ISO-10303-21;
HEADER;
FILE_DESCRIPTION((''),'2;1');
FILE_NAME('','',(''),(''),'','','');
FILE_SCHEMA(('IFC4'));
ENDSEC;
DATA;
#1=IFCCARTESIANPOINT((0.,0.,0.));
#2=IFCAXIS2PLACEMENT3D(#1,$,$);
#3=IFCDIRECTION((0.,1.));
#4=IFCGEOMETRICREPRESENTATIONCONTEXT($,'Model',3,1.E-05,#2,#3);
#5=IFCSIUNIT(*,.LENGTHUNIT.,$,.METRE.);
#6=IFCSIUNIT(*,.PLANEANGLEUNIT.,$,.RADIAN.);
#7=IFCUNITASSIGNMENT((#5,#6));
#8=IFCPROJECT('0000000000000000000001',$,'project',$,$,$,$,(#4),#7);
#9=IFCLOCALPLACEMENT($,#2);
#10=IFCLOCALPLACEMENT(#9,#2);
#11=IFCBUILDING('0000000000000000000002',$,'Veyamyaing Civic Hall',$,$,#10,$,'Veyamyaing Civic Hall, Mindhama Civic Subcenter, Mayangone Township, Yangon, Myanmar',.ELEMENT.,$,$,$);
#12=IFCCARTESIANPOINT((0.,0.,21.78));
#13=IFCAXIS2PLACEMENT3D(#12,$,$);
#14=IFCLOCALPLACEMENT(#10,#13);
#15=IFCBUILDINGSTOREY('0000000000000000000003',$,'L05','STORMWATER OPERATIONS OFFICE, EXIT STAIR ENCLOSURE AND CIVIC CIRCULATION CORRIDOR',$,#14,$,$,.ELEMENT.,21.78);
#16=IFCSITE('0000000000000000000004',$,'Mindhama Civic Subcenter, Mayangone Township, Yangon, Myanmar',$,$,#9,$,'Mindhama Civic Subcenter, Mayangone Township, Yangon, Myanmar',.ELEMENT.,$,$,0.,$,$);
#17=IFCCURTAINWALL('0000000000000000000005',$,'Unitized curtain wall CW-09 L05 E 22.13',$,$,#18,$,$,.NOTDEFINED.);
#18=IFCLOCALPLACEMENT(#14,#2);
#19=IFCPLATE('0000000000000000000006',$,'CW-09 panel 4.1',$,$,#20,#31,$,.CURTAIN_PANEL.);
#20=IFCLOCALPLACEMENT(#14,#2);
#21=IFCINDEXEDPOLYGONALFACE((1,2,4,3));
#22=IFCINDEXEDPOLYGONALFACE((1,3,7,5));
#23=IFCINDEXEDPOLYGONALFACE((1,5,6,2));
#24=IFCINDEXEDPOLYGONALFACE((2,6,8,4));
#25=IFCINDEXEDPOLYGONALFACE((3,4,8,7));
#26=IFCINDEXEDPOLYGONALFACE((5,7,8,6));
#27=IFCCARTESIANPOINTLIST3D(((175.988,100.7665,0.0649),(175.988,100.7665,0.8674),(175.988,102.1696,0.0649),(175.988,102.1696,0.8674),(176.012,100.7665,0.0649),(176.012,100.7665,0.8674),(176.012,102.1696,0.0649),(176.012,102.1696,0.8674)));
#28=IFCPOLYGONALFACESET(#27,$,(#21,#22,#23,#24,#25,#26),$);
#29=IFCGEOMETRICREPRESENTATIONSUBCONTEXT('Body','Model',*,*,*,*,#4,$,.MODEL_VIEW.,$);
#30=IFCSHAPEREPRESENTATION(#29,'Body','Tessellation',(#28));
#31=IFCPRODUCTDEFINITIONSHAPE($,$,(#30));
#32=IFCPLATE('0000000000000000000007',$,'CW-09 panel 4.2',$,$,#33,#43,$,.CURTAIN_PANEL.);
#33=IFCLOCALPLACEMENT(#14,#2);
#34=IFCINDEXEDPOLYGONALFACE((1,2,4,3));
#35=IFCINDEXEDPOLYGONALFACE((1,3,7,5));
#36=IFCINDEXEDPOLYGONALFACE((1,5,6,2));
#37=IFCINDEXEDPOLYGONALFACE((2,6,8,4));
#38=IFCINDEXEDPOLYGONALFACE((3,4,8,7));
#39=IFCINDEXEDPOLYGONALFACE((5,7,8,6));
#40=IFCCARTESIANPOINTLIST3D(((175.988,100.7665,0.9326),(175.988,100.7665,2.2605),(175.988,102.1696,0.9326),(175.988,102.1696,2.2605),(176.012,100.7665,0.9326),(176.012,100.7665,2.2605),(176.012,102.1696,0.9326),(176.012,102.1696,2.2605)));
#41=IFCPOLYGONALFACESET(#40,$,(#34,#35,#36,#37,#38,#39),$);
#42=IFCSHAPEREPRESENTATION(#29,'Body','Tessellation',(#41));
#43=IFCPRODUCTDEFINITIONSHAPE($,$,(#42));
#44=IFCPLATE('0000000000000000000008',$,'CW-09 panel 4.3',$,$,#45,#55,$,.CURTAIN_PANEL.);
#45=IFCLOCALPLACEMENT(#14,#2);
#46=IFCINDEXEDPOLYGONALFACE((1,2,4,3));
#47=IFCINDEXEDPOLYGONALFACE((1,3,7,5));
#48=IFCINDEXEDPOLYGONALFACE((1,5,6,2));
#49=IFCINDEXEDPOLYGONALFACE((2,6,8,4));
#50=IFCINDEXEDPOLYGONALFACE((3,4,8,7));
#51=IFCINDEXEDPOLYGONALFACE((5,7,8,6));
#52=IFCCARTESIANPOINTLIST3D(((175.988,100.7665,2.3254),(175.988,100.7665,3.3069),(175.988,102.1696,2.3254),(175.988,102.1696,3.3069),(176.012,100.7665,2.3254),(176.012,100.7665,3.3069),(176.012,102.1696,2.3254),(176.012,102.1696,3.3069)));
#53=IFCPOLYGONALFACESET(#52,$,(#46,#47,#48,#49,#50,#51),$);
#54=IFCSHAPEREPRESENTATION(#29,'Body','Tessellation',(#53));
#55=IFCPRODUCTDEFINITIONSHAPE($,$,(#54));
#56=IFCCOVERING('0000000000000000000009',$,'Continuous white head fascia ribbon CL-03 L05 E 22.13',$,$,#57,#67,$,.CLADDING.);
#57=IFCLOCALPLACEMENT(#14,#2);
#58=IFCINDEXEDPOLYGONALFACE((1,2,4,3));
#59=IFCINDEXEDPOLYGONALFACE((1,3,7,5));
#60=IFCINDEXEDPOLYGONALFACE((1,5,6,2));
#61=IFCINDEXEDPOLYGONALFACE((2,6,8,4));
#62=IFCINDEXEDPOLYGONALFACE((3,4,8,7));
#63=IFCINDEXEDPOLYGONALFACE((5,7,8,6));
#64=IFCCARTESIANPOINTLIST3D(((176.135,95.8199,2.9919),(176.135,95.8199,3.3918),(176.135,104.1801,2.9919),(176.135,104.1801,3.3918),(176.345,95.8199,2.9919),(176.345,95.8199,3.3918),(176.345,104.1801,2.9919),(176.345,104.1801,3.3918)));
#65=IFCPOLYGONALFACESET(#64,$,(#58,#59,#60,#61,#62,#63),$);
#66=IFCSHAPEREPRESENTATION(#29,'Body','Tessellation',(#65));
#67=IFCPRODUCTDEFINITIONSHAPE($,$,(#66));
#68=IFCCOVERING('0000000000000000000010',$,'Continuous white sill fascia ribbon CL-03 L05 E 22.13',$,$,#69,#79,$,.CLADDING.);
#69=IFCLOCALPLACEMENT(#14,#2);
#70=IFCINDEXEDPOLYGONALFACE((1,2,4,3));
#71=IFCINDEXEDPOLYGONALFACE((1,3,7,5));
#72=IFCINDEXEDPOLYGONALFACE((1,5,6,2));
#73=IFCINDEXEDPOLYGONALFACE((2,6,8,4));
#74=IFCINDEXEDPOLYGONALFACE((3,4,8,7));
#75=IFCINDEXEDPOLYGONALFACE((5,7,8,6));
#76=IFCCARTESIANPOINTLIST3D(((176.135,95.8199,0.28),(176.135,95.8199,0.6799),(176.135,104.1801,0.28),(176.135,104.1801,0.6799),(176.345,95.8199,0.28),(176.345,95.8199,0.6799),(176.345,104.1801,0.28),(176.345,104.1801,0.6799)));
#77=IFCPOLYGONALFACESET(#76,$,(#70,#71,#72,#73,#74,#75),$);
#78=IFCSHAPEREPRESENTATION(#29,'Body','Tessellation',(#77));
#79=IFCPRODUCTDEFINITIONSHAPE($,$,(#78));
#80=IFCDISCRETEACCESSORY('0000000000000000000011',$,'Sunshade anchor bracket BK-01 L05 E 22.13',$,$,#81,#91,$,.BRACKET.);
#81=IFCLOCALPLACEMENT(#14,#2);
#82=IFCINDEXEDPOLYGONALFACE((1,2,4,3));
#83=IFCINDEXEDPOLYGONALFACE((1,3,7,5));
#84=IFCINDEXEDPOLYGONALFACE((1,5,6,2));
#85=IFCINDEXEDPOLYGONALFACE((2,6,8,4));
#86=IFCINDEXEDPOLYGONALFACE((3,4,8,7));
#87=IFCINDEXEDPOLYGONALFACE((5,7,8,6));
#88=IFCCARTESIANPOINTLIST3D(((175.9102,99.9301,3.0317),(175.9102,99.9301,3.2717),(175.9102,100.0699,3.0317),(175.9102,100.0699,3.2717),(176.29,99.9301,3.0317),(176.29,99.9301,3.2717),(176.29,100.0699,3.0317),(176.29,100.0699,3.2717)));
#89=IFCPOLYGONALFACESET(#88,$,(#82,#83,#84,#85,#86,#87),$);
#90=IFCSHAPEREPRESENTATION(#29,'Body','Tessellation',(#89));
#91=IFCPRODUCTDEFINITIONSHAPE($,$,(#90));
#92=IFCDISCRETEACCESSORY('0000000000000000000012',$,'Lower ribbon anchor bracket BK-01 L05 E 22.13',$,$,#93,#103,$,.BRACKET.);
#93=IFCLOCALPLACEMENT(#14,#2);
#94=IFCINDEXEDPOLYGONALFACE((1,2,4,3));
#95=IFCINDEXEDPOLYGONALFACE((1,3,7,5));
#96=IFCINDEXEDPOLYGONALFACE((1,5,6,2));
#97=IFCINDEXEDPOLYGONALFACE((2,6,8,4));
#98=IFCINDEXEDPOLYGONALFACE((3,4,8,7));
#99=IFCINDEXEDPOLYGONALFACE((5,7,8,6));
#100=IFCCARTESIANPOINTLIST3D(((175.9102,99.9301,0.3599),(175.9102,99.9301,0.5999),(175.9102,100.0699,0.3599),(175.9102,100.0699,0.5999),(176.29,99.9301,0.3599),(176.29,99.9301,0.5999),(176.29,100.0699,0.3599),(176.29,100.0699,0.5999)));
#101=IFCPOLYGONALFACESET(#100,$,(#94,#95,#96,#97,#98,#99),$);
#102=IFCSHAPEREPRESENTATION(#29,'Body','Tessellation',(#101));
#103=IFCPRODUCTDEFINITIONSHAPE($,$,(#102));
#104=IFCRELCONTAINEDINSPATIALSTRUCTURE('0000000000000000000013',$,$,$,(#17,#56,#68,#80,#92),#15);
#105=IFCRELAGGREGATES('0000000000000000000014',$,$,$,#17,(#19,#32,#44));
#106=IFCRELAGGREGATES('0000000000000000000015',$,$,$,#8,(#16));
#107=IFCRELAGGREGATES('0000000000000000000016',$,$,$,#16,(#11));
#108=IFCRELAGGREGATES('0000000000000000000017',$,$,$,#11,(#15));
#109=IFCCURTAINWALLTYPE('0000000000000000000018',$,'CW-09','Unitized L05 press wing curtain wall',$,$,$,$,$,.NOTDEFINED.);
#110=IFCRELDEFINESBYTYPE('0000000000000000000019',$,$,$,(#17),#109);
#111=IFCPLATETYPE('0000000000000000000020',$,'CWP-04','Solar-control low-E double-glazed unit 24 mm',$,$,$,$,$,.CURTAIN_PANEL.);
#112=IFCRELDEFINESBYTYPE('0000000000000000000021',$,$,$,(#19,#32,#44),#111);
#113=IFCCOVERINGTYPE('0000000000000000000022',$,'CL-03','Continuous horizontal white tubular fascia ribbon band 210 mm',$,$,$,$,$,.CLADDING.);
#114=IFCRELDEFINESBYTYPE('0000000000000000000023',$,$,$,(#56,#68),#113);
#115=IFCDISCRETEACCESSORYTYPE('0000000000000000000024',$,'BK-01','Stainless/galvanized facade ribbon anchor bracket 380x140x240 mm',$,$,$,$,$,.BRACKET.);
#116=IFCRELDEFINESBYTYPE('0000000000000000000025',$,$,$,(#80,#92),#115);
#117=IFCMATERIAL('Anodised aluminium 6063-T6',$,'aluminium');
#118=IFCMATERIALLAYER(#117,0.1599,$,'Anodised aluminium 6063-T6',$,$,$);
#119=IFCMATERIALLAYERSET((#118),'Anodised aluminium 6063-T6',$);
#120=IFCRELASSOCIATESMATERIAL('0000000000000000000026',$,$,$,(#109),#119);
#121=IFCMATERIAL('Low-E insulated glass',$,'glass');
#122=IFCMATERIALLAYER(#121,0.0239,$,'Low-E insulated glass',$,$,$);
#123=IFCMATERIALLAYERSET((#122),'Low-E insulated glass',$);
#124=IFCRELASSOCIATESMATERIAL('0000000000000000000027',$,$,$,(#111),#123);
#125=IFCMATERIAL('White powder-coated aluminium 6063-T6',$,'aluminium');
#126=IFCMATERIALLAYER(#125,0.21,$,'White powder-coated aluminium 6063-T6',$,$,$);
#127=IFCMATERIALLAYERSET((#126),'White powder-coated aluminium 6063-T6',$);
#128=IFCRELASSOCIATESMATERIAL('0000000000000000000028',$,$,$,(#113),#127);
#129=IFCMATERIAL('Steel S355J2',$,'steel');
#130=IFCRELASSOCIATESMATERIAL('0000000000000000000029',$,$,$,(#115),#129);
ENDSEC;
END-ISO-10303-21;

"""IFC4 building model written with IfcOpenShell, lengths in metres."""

from ifc_helpers import new_model, si_unit, direction, frame, origin, origin_2d, place, context, subcontext, project, spatial, rectangle, extrude, material, layer, layer_set, type_object, element, aggregate, save


model = new_model("IFC4")

# Units and contexts
model_context = context("Model", 3, precision=1e-05, world=origin(), true_north=direction((0.0, 1.0)))
body_context = subcontext(model_context, "Body", "Model", "MODEL_VIEW")
ifc_project = project(units=[si_unit("LENGTHUNIT", "METRE"), si_unit("PLANEANGLEUNIT", "RADIAN")], contexts=[model_context])

# Site, building, storey
site_placement = place(None, origin())
site = spatial("IfcSite", under=ifc_project, at=site_placement, Name="Mindhama Civic Subcenter, Mayangone Township, Yangon, Myanmar", LongName="Mindhama Civic Subcenter, Mayangone Township, Yangon, Myanmar", CompositionType="ELEMENT", RefElevation=0.0)
building_placement = place(site_placement, origin())
building = spatial("IfcBuilding", under=site, at=building_placement, Name="Veyamyaing Civic Hall", LongName="Veyamyaing Civic Hall, Mindhama Civic Subcenter, Mayangone Township, Yangon, Myanmar", CompositionType="ELEMENT")
storey_placement = place(building_placement, frame((0.0, 0.0, 21.78)))
storey = spatial("IfcBuildingStorey", under=building, at=storey_placement, Name="L05", Description="STORMWATER OPERATIONS OFFICE, EXIT STAIR ENCLOSURE AND CIVIC CIRCULATION CORRIDOR", CompositionType="ELEMENT", Elevation=21.78)

# Curtain wall, plates
ifc_material_1 = material(Name="Anodised aluminium 6063-T6", Category="aluminium")
ifc_layer_1 = layer(ifc_material_1, 0.1599, Name="Anodised aluminium 6063-T6")
ifc_layer_set_1 = layer_set([ifc_layer_1], Name="Anodised aluminium 6063-T6")
curtain_wall_type = type_object("IfcCurtainWallType", Name="CW-09", Description="Unitized L05 press wing curtain wall", PredefinedType="NOTDEFINED", material=ifc_layer_set_1)
curtain_wall_placement = place(storey_placement, origin())
curtain_wall = element("IfcCurtainWall", 1, at=curtain_wall_placement, inside=storey, type_object=curtain_wall_type, Name="Unitized curtain wall CW-09 L05 E 22.13", PredefinedType="NOTDEFINED")
ifc_material_2 = material(Name="Low-E insulated glass", Category="glass")
ifc_layer_2 = layer(ifc_material_2, 0.0239, Name="Low-E insulated glass")
ifc_layer_set_2 = layer_set([ifc_layer_2], Name="Low-E insulated glass")
plate_type = type_object("IfcPlateType", Name="CWP-04", Description="Solar-control low-E double-glazed unit 24 mm", PredefinedType="CURTAIN_PANEL", material=ifc_layer_set_2)
plate_1_placement = place(storey_placement, frame((176.0, 101.468, 0.0649), z_axis=(0.0, 0.0, 1.0), x_axis=(0.0, 1.0, 0.0)))
plate_1 = element("IfcPlate", 2, at=plate_1_placement, type_object=plate_type, Name="CW-09 panel 4.1", PredefinedType="CURTAIN_PANEL", context=body_context, shape_type="SweptSolid", body=[
    extrude(rectangle(XDim=1.4031, YDim=0.0239, at=origin_2d()), origin(), (0.0, 0.0, 1.0), 0.8025),
])
plate_2_placement = place(storey_placement, frame((176.0, 101.468, 0.9326), z_axis=(0.0, 0.0, 1.0), x_axis=(0.0, 1.0, 0.0)))
plate_2 = element("IfcPlate", 3, at=plate_2_placement, type_object=plate_type, Name="CW-09 panel 4.2", PredefinedType="CURTAIN_PANEL", context=body_context, shape_type="SweptSolid", body=[
    extrude(rectangle(XDim=1.4031, YDim=0.0239, at=origin_2d()), origin(), (0.0, 0.0, 1.0), 1.3279),
])
plate_3_placement = place(storey_placement, frame((176.0, 101.468, 2.3254), z_axis=(0.0, 0.0, 1.0), x_axis=(0.0, 1.0, 0.0)))
plate_3 = element("IfcPlate", 4, at=plate_3_placement, type_object=plate_type, Name="CW-09 panel 4.3", PredefinedType="CURTAIN_PANEL", context=body_context, shape_type="SweptSolid", body=[
    extrude(rectangle(XDim=1.4031, YDim=0.0239, at=origin_2d()), origin(), (0.0, 0.0, 1.0), 0.9814),
])
aggregate(curtain_wall, [plate_1, plate_2, plate_3])

# Coverings
ifc_material_3 = material(Name="White powder-coated aluminium 6063-T6", Category="aluminium")
ifc_layer_3 = layer(ifc_material_3, 0.21, Name="White powder-coated aluminium 6063-T6")
ifc_layer_set_3 = layer_set([ifc_layer_3], Name="White powder-coated aluminium 6063-T6")
covering_type = type_object("IfcCoveringType", Name="CL-03", Description="Continuous horizontal white tubular fascia ribbon band 210 mm", PredefinedType="CLADDING", material=ifc_layer_set_3)
for number, where, z_axis, x_axis, name in (
    (5, (176.24, 100.0, 2.9919), (0.0, 0.0, 1.0), (0.0, 1.0, 0.0), "Continuous white head fascia ribbon CL-03 L05 E 22.13"),
    (6, (176.24, 100.0, 0.28), (0.0, 0.0, 1.0), (0.0, 1.0, 0.0), "Continuous white sill fascia ribbon CL-03 L05 E 22.13"),
):
    element("IfcCovering", number, at=place(storey_placement, frame(where, z_axis=z_axis, x_axis=x_axis)), inside=storey, type_object=covering_type, Name=name, PredefinedType="CLADDING", context=body_context, shape_type="SweptSolid", body=[
        extrude(rectangle(XDim=8.3601, YDim=0.21, at=origin_2d()), origin(), (0.0, 0.0, 1.0), 0.3999),
    ])

# Discrete accessories
ifc_material_4 = material(Name="Steel S355J2", Category="steel")
discrete_accessory_type = type_object("IfcDiscreteAccessoryType", Name="BK-01", Description="Stainless/galvanized facade ribbon anchor bracket 380x140x240 mm", PredefinedType="BRACKET", material=ifc_material_4)
for number, where, z_axis, x_axis, name in (
    (7, (176.1001, 100.0, 3.0317), (0.0, 0.0, 1.0), (1.0, 0.0, 0.0), "Sunshade anchor bracket BK-01 L05 E 22.13"),
    (8, (176.1001, 100.0, 0.3599), (0.0, 0.0, 1.0), (1.0, 0.0, 0.0), "Lower ribbon anchor bracket BK-01 L05 E 22.13"),
):
    element("IfcDiscreteAccessory", number, at=place(storey_placement, frame(where, z_axis=z_axis, x_axis=x_axis)), inside=storey, type_object=discrete_accessory_type, Name=name, PredefinedType="BRACKET", context=body_context, shape_type="SweptSolid", body=[
        extrude(rectangle(XDim=0.3799, YDim=0.1399, at=origin_2d()), origin(), (0.0, 0.0, 1.0), 0.24),
    ])

save(model, "model.ifc")
